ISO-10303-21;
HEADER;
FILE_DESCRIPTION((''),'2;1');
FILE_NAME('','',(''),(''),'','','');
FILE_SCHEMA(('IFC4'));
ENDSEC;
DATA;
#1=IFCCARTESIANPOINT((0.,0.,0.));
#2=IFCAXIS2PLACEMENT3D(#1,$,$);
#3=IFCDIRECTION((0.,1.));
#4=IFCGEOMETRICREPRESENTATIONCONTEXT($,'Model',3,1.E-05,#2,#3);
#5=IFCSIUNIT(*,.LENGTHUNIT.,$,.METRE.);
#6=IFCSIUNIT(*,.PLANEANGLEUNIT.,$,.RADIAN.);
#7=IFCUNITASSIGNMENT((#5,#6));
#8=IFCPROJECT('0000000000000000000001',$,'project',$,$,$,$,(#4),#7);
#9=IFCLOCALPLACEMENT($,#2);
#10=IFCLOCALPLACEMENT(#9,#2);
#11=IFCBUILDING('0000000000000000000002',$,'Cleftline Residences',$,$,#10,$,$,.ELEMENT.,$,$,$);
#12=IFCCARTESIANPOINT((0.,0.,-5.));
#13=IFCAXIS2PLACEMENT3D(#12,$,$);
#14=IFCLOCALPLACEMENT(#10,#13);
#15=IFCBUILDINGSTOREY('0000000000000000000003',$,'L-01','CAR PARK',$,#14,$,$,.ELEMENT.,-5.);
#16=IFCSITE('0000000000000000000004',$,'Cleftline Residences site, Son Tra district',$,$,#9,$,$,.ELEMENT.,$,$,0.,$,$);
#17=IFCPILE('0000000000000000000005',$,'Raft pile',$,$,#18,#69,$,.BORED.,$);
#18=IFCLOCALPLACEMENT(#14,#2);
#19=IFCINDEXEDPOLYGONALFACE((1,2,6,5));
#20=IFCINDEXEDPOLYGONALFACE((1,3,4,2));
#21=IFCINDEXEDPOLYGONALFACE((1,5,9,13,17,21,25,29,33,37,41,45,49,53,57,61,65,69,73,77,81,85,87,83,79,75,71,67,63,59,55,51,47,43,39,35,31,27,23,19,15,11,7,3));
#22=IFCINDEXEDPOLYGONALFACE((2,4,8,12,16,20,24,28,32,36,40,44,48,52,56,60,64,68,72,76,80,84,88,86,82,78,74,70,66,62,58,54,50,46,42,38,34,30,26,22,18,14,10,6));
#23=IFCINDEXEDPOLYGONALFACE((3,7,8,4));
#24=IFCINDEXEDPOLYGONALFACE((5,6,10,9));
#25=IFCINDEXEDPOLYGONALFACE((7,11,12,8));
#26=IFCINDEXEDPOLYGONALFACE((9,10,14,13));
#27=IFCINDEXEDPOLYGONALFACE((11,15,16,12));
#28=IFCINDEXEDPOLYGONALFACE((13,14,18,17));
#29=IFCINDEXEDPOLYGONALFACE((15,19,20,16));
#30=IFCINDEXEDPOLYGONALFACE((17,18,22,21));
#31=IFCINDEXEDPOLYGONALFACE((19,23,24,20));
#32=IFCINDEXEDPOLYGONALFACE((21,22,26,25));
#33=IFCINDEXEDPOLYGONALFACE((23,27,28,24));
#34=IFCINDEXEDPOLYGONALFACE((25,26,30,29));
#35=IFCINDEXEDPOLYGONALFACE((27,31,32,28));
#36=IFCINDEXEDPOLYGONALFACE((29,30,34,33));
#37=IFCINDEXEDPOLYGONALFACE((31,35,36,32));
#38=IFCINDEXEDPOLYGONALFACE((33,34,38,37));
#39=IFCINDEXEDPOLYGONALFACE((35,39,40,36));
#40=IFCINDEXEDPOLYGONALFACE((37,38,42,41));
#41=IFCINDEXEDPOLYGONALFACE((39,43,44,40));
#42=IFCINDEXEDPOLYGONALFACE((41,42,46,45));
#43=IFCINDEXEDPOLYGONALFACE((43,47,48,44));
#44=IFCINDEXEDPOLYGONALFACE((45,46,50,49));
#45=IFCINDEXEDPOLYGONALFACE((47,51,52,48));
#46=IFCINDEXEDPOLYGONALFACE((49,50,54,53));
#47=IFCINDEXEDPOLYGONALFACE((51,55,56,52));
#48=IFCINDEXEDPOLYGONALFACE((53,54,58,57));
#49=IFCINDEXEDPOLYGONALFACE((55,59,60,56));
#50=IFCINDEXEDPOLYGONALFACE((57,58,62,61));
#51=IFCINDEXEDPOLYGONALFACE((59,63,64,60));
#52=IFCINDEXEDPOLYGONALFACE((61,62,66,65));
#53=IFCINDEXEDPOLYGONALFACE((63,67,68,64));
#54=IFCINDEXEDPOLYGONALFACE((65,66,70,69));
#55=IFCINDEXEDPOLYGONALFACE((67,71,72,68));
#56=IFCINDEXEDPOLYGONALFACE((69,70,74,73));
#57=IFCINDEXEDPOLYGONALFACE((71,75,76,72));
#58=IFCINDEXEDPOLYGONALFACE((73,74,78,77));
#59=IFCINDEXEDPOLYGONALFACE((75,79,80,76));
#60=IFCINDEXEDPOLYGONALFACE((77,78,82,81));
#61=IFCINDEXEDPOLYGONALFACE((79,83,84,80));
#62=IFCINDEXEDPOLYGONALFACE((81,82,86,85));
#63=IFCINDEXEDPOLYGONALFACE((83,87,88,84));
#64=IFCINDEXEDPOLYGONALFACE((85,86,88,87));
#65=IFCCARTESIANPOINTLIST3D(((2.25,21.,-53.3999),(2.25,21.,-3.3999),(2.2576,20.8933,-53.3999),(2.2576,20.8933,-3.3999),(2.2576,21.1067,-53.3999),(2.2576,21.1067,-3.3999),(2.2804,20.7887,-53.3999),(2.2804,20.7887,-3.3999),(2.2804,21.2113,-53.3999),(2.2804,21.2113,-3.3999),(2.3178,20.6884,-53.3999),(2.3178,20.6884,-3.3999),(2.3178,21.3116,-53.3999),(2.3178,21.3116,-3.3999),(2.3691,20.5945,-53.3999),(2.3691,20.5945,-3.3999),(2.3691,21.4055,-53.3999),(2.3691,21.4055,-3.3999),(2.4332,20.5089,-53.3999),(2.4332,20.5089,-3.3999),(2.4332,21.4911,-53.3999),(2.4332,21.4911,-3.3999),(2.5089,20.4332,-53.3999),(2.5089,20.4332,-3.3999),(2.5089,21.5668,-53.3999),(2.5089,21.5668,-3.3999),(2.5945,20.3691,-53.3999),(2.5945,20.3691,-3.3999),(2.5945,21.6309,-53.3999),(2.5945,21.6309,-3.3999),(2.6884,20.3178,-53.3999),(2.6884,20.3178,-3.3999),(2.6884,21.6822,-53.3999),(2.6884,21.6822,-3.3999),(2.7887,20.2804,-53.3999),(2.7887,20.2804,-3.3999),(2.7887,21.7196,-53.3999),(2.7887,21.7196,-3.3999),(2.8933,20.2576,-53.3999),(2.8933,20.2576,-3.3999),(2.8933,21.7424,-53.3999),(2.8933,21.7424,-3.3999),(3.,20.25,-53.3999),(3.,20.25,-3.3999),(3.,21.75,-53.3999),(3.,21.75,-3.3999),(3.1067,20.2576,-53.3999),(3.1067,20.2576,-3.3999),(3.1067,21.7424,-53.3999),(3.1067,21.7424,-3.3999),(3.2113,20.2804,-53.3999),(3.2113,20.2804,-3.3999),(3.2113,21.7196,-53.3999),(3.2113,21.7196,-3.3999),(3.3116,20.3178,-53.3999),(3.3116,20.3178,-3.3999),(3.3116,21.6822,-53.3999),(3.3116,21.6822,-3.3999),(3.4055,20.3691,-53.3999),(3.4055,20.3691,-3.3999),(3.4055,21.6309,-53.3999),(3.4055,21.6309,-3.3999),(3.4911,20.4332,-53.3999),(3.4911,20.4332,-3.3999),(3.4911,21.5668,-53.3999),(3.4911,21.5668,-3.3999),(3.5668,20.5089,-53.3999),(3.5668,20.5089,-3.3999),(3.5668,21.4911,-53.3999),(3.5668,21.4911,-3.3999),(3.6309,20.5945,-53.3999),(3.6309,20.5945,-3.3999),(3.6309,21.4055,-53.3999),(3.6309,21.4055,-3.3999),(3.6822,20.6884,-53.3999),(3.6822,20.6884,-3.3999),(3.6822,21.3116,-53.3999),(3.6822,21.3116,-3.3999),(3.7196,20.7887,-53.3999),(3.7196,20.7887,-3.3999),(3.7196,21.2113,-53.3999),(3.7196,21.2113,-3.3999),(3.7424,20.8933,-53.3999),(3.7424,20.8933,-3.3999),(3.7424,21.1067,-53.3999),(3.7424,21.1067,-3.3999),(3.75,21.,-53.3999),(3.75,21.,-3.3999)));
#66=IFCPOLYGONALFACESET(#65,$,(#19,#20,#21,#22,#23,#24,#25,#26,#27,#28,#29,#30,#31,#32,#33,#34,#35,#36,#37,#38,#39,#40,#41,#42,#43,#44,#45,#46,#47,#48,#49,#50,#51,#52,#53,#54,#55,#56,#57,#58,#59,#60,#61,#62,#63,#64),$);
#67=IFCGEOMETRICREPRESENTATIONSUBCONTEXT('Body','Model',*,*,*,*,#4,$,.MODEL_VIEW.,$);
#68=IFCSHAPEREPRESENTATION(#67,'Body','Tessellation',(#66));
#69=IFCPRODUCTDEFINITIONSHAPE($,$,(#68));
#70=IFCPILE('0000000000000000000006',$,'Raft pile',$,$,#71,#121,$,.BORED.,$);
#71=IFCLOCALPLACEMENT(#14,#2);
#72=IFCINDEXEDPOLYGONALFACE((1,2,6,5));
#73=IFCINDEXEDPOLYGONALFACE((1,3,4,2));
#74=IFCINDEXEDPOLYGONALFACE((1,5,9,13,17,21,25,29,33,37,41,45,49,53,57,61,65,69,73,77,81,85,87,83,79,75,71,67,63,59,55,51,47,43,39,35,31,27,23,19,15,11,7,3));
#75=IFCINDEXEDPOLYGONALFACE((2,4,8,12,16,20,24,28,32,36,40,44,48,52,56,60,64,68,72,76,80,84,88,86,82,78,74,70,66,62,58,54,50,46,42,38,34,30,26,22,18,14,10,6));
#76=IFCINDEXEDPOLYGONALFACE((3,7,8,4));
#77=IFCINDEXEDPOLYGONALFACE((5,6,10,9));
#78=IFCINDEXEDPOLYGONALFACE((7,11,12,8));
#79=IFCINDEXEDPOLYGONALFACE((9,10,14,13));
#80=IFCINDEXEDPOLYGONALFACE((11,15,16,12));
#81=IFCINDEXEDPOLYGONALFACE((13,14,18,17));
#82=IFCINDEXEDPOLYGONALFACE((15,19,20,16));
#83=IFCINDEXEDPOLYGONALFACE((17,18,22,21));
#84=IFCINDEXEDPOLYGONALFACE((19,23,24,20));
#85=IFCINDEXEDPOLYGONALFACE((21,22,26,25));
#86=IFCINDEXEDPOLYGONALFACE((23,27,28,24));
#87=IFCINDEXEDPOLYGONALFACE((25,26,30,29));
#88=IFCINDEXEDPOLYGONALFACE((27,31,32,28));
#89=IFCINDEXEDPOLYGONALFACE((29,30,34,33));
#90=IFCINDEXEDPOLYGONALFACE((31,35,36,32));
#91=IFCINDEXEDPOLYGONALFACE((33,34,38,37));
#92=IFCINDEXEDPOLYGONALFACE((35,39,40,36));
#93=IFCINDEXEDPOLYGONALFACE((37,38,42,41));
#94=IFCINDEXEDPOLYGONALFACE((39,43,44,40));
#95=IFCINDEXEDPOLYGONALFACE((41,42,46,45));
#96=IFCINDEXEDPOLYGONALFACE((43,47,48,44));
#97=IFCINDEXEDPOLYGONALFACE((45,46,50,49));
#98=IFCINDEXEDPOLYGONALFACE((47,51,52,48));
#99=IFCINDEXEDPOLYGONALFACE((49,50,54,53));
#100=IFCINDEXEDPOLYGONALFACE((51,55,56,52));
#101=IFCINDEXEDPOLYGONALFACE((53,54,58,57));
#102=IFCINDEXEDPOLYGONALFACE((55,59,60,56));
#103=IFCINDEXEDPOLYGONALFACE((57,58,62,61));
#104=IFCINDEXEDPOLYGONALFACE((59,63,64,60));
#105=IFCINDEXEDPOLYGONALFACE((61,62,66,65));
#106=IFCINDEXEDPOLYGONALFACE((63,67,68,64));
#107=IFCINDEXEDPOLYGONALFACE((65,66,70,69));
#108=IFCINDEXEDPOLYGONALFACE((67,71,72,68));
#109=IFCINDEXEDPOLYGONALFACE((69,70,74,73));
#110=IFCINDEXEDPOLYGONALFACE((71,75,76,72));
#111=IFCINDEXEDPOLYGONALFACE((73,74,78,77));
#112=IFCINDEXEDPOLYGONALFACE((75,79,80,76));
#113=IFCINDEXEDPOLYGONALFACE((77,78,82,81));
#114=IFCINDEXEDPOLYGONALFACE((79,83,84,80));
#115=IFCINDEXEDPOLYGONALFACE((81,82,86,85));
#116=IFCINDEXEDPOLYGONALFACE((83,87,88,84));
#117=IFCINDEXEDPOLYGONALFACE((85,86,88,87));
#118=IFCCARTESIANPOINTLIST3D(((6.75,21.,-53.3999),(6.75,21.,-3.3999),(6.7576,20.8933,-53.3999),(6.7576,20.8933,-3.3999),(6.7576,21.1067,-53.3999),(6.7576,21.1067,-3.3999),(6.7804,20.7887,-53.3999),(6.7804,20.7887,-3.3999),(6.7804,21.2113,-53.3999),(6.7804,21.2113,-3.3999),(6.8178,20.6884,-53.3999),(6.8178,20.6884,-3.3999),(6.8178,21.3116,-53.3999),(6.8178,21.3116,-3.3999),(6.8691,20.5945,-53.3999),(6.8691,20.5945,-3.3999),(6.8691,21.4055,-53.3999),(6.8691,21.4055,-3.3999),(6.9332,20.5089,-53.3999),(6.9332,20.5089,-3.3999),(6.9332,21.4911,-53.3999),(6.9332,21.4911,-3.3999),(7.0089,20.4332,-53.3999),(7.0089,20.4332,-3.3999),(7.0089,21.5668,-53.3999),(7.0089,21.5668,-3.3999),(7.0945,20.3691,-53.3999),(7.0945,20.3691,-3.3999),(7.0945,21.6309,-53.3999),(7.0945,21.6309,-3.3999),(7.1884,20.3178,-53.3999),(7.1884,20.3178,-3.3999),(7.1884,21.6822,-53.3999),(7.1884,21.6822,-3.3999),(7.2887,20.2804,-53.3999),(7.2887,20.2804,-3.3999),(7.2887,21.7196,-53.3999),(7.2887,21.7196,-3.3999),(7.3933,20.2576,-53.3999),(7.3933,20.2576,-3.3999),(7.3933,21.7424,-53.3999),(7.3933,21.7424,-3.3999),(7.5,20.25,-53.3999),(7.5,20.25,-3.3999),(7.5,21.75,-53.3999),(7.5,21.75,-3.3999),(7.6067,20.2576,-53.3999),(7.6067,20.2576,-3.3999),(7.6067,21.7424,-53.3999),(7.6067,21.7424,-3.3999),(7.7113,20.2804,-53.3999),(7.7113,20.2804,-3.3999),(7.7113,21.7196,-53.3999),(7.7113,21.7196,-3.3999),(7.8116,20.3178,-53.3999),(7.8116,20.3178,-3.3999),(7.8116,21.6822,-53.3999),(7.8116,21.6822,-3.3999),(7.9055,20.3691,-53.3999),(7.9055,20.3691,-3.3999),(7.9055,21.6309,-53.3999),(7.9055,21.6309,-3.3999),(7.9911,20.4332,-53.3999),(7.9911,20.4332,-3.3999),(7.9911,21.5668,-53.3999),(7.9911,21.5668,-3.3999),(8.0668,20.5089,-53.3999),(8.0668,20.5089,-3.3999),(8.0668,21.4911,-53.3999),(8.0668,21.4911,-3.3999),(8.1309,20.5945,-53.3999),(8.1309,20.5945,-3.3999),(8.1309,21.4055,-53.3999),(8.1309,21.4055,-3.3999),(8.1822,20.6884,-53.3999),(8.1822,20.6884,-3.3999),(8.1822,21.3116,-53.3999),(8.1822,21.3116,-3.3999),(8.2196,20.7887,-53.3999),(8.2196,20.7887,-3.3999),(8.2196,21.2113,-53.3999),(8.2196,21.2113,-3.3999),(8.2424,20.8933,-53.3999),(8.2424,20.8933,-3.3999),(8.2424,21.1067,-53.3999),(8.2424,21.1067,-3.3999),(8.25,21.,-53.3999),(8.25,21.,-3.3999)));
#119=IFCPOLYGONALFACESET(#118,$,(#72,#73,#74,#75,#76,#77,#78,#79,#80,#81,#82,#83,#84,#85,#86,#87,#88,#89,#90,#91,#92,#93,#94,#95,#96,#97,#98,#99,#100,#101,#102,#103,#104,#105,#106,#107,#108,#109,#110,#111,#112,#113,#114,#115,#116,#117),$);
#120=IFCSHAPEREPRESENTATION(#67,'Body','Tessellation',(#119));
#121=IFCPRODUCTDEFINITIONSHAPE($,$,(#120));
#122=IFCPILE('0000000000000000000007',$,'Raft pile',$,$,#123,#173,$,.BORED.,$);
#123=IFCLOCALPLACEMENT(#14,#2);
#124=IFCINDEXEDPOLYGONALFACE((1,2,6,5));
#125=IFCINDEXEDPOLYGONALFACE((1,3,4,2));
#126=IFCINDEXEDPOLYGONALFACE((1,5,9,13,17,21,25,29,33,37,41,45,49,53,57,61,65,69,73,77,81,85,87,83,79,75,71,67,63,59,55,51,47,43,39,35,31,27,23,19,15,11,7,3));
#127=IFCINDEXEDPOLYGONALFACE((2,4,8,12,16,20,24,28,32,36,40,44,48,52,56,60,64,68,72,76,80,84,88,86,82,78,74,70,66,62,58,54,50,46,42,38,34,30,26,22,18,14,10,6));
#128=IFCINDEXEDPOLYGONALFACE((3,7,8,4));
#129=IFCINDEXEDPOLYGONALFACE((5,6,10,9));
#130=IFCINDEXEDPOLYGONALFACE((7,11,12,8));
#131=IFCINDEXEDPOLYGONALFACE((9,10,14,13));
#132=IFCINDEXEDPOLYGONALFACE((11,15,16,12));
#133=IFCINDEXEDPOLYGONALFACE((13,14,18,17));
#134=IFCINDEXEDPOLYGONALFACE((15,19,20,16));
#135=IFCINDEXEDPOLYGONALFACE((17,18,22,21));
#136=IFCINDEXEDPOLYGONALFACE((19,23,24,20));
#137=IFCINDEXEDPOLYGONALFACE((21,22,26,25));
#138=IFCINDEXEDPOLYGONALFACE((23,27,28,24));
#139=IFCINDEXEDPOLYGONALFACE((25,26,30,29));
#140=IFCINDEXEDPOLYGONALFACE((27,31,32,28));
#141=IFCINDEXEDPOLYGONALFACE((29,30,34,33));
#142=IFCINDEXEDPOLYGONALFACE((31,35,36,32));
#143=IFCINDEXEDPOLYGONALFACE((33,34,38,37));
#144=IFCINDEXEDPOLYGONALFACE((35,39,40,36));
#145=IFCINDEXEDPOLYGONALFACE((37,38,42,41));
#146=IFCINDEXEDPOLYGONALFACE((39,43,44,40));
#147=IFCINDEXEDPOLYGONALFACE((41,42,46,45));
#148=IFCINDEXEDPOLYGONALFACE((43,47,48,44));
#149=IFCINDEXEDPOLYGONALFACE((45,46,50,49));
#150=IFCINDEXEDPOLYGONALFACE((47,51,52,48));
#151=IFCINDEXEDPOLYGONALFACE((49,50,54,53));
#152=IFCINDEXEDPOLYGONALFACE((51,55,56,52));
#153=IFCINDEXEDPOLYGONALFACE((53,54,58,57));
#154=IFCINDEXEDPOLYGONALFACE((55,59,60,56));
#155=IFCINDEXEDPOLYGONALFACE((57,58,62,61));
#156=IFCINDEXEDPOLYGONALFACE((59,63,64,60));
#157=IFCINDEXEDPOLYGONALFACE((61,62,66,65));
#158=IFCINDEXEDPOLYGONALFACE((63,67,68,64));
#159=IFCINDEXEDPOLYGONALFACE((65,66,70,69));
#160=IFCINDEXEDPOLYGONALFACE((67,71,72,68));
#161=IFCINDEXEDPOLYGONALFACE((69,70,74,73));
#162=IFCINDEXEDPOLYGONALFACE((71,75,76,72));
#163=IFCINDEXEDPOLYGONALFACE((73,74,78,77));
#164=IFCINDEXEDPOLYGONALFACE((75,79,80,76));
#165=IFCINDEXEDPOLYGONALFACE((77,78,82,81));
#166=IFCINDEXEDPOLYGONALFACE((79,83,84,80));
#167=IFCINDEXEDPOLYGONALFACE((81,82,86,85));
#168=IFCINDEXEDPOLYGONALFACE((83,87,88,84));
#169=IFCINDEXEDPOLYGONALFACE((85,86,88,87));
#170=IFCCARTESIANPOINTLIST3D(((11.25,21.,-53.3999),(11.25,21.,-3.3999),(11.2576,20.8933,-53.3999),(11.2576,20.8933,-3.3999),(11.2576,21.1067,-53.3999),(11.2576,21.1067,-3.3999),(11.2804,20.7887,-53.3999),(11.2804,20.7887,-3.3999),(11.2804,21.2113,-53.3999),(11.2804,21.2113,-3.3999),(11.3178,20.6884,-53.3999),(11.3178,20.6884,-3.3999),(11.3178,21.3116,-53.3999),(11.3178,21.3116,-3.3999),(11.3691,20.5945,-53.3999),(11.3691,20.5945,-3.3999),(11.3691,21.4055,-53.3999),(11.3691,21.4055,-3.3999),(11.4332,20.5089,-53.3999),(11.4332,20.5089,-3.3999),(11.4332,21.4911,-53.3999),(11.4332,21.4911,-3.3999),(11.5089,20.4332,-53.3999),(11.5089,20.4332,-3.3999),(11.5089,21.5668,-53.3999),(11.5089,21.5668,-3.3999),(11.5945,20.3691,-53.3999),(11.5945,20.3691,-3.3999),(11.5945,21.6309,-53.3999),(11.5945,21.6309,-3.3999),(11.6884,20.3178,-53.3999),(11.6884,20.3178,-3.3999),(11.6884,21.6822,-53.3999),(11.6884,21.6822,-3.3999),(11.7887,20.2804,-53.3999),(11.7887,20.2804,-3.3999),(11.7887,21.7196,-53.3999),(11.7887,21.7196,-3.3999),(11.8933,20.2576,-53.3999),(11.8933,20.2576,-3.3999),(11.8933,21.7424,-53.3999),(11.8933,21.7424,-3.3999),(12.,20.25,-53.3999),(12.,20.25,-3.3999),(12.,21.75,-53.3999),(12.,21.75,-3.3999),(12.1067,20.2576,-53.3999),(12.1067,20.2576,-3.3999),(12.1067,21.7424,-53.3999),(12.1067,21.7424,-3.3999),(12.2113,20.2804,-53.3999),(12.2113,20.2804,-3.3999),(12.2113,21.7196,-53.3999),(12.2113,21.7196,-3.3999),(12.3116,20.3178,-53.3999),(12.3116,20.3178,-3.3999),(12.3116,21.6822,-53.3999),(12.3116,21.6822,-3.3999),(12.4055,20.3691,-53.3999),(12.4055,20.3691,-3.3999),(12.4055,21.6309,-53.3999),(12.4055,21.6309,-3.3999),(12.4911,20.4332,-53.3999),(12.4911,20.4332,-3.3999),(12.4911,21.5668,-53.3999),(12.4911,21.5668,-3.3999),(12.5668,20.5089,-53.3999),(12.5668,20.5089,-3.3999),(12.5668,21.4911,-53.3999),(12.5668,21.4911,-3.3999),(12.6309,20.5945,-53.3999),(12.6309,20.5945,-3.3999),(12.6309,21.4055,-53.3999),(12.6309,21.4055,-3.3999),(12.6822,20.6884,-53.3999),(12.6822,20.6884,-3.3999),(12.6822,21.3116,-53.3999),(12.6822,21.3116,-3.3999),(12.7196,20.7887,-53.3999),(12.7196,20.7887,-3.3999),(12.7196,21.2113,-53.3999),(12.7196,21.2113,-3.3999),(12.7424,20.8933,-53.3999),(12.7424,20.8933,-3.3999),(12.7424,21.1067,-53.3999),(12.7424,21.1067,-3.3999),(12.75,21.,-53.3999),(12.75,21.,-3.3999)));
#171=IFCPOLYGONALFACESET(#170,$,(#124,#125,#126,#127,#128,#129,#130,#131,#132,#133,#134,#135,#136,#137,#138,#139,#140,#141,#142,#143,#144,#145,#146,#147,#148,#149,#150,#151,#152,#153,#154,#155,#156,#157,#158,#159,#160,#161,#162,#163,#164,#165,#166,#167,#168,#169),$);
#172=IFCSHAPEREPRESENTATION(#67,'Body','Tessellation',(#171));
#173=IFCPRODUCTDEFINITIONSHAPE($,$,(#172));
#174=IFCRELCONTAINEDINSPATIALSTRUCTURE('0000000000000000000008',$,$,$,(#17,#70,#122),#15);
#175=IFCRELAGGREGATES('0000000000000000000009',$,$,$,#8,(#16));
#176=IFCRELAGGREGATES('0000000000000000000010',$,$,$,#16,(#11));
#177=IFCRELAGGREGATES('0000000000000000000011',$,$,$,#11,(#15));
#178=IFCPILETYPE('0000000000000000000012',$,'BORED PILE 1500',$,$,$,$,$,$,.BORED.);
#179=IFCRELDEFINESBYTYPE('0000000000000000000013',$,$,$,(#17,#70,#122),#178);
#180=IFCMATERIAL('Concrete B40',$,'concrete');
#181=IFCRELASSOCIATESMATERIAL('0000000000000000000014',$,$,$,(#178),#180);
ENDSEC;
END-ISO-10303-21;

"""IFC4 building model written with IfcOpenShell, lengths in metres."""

from ifc_helpers import new_model, si_unit, direction, frame, origin, origin_2d, place, context, subcontext, project, spatial, circle, extrude, material, material_profile, profile_set, type_object, element, save


model = new_model("IFC4")

# Units and contexts
model_context = context("Model", 3, precision=1e-05, world=origin(), true_north=direction((0.0, 1.0)))
body_context = subcontext(model_context, "Body", "Model", "MODEL_VIEW")
ifc_project = project(units=[si_unit("LENGTHUNIT", "METRE"), si_unit("PLANEANGLEUNIT", "RADIAN")], contexts=[model_context])

# Site, building, storey
site_placement = place(None, origin())
site = spatial("IfcSite", under=ifc_project, at=site_placement, Name="Cleftline Residences site, Son Tra district", CompositionType="ELEMENT", RefElevation=0.0)
building_placement = place(site_placement, origin())
building = spatial("IfcBuilding", under=site, at=building_placement, Name="Cleftline Residences", CompositionType="ELEMENT")
storey_placement = place(building_placement, frame((0.0, 0.0, -5.0)))
storey = spatial("IfcBuildingStorey", under=building, at=storey_placement, Name="L-01", Description="CAR PARK", CompositionType="ELEMENT", Elevation=-5.0)

# Piles
ifc_material_1 = material(Name="Concrete B40", Category="concrete")
ifc_material_profile_1 = material_profile(ifc_material_1, circle(Radius=0.75, at=origin_2d()))
ifc_profile_set_1 = profile_set([ifc_material_profile_1], Name="Concrete B40")
pile_type = type_object("IfcPileType", Name="BORED PILE 1500", PredefinedType="BORED", material=ifc_profile_set_1)
for number, where, z_axis, x_axis, name in (
    (1, (3.0, 21.0, -3.3999), (0.0, 0.0, -1.0), (1.0, 0.0, 0.0), "Raft pile"),
    (2, (7.5, 21.0, -3.3999), (0.0, 0.0, -1.0), (1.0, 0.0, 0.0), "Raft pile"),
    (3, (12.0, 21.0, -3.3999), (0.0, 0.0, -1.0), (1.0, 0.0, 0.0), "Raft pile"),
):
    element("IfcPile", number, at=place(storey_placement, frame(where, z_axis=z_axis, x_axis=x_axis)), inside=storey, type_object=pile_type, Name=name, PredefinedType="BORED", context=body_context, shape_type="SweptSolid", body=[
        extrude(circle(Radius=0.75, at=origin_2d()), origin(), (0.0, 0.0, 1.0), 50.0),
    ])

save(model, "model.ifc")
